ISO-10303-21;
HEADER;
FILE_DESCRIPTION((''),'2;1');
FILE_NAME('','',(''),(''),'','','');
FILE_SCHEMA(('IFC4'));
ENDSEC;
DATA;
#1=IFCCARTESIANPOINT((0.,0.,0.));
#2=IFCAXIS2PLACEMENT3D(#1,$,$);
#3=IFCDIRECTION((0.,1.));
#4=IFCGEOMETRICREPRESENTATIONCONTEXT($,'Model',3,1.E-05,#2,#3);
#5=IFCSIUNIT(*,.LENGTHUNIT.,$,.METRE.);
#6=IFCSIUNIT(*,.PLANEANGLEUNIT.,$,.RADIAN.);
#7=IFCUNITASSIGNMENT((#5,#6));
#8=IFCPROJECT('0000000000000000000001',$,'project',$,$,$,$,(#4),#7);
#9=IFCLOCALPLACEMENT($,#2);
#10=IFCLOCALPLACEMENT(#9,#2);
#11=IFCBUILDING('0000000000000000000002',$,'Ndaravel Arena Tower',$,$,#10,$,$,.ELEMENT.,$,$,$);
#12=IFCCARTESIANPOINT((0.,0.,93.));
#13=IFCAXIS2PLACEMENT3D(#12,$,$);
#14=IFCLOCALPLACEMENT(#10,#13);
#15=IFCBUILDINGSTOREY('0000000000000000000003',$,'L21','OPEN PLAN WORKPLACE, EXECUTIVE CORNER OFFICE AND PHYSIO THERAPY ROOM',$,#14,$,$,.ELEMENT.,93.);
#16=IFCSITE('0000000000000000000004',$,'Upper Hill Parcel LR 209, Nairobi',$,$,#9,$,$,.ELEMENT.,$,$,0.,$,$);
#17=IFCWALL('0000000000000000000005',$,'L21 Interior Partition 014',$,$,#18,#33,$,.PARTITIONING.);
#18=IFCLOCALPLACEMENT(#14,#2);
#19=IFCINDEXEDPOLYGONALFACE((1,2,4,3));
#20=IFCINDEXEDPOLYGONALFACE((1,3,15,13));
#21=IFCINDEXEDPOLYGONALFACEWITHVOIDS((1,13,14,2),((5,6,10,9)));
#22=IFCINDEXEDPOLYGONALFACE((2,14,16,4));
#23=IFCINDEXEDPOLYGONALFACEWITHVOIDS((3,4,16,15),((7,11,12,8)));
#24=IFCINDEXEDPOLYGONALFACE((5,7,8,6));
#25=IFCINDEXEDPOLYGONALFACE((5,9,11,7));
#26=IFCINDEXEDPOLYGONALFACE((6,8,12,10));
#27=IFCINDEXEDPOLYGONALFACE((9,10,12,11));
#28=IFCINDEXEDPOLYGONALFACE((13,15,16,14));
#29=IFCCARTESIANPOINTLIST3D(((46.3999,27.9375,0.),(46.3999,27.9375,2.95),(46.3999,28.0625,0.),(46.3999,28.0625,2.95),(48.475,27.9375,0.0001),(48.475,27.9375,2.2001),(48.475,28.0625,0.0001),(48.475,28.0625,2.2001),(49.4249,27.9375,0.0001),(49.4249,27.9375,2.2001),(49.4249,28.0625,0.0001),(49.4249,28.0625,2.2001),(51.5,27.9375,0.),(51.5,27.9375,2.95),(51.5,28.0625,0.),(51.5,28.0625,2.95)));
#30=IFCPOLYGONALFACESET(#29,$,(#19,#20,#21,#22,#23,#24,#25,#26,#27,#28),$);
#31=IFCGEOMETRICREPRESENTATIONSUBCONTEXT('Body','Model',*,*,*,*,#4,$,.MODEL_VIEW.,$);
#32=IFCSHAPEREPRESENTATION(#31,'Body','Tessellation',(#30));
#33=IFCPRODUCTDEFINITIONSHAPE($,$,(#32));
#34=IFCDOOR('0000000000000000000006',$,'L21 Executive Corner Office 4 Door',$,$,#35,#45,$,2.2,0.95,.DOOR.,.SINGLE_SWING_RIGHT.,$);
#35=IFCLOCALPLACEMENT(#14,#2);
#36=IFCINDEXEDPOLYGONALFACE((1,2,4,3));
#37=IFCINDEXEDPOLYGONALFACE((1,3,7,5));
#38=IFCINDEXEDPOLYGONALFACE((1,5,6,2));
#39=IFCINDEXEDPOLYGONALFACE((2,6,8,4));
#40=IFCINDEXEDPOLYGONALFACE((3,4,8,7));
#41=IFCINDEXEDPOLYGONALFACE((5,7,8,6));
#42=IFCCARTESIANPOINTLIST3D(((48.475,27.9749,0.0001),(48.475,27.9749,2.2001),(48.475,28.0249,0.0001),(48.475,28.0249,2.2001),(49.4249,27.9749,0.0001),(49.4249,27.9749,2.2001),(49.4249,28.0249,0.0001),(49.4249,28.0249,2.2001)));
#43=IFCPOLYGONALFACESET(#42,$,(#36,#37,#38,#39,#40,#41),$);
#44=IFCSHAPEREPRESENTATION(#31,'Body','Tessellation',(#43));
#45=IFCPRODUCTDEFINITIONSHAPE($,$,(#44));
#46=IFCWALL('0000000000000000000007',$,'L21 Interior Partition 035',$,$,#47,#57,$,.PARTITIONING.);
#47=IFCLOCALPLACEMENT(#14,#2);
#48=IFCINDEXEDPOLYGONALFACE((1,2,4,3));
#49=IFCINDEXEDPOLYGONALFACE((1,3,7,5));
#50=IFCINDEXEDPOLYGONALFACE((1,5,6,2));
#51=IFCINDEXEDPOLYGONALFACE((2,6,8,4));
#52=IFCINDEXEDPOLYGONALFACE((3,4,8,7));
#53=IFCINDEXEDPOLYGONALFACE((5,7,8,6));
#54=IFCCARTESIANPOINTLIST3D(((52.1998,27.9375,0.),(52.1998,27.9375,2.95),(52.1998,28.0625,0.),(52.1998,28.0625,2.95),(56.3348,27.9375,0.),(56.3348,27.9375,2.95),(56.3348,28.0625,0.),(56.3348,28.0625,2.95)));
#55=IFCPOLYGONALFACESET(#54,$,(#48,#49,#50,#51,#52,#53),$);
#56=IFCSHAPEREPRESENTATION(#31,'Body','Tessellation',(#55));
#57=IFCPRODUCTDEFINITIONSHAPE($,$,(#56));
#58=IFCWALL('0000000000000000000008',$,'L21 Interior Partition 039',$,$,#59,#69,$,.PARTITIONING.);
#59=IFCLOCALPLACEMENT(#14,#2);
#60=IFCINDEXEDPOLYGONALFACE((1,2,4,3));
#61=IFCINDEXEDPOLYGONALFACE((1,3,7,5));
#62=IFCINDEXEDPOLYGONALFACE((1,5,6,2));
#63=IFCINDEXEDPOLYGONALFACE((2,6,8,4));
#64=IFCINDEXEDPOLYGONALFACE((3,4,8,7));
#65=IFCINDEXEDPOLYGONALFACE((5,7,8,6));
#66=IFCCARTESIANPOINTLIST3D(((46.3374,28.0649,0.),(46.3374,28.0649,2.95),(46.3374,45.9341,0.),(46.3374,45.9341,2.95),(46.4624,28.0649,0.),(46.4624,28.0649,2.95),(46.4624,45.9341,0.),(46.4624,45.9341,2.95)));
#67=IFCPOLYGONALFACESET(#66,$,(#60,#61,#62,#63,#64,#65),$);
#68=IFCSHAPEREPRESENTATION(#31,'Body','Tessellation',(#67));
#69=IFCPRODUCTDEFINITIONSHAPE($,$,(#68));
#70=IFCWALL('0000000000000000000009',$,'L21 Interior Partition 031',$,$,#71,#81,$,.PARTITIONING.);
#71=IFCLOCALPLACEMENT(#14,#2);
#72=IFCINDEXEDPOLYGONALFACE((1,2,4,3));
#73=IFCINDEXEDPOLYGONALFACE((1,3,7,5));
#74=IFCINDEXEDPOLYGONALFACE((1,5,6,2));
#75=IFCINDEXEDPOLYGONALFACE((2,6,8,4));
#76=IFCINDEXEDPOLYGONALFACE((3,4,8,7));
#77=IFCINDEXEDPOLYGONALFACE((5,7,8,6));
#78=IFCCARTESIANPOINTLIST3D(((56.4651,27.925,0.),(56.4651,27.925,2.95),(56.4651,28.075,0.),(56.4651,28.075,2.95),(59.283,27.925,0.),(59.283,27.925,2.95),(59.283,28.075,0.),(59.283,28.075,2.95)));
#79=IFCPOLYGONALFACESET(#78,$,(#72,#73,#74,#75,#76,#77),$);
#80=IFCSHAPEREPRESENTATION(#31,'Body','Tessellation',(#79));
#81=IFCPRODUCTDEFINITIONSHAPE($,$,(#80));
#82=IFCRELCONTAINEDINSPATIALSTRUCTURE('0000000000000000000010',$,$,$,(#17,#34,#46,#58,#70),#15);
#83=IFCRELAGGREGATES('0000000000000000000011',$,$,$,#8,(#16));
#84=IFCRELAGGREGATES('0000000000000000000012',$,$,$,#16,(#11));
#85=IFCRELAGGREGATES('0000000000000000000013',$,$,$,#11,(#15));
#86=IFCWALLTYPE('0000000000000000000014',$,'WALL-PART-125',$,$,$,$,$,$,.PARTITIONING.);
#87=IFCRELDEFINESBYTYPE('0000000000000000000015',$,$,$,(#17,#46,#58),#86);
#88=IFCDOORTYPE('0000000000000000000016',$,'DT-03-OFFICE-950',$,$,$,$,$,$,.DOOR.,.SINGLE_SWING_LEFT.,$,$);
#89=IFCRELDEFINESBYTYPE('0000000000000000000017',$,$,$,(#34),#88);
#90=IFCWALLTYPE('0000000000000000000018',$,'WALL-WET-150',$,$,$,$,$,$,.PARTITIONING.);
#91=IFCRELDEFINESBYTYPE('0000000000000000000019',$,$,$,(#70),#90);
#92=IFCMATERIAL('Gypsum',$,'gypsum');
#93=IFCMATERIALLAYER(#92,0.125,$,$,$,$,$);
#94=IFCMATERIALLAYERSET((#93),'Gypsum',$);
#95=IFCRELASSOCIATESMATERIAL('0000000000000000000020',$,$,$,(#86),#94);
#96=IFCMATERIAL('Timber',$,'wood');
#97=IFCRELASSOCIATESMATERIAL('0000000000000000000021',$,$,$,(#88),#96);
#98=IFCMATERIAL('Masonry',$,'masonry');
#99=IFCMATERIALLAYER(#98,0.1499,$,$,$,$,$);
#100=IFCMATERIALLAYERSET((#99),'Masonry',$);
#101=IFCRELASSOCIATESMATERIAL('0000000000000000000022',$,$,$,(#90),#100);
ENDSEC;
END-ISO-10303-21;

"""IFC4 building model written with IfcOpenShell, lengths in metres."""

from ifc_helpers import new_model, si_unit, direction, frame, frame_2d, origin, place, context, subcontext, project, spatial, rectangle, extrude, material, layer, layer_set, type_object, element, fill, save


model = new_model("IFC4")

# Units and contexts
model_context = context("Model", 3, precision=1e-05, world=origin(), true_north=direction((0.0, 1.0)))
body_context = subcontext(model_context, "Body", "Model", "MODEL_VIEW")
ifc_project = project(units=[si_unit("LENGTHUNIT", "METRE"), si_unit("PLANEANGLEUNIT", "RADIAN")], contexts=[model_context])

# Site, building, storey
site_placement = place(None, origin())
site = spatial("IfcSite", under=ifc_project, at=site_placement, Name="Upper Hill Parcel LR 209, Nairobi", CompositionType="ELEMENT", RefElevation=0.0)
building_placement = place(site_placement, origin())
building = spatial("IfcBuilding", under=site, at=building_placement, Name="Ndaravel Arena Tower", CompositionType="ELEMENT")
storey_placement = place(building_placement, frame((0.0, 0.0, 93.0)))
storey = spatial("IfcBuildingStorey", under=building, at=storey_placement, Name="L21", Description="OPEN PLAN WORKPLACE, EXECUTIVE CORNER OFFICE AND PHYSIO THERAPY ROOM", CompositionType="ELEMENT", Elevation=93.0)

# Wall, opening, door
ifc_material_1 = material(Name="Gypsum", Category="gypsum")
ifc_layer_1 = layer(ifc_material_1, 0.125)
ifc_layer_set_1 = layer_set([ifc_layer_1], Name="Gypsum")
wall_type_1 = type_object("IfcWallType", Name="WALL-PART-125", PredefinedType="PARTITIONING", material=ifc_layer_set_1)
ifc_material_2 = material(Name="Timber", Category="wood")
door_type = type_object("IfcDoorType", Name="DT-03-OFFICE-950", OperationType="SINGLE_SWING_LEFT", PredefinedType="DOOR", material=ifc_material_2)
wall_1_placement = place(storey_placement, frame((46.3999, 28.0, 0.0), z_axis=(0.0, 0.0, 1.0), x_axis=(1.0, 0.0, 0.0)))
wall_1 = element("IfcWall", 1, at=wall_1_placement, inside=storey, type_object=wall_type_1, Name="L21 Interior Partition 014", PredefinedType="PARTITIONING", context=body_context, shape_type="SweptSolid", body=[
    extrude(rectangle(XDim=5.1001, YDim=0.125, at=frame_2d((2.55, 0.0))), origin(), (0.0, 0.0, 1.0), 2.95),
])
opening_1_placement = place(wall_1_placement, frame((2.075, 0.0, 0.0)))
opening_1 = element("IfcOpeningElement", 2, at=opening_1_placement, cuts=wall_1, PredefinedType="OPENING", context=body_context, shape_type="SweptSolid", body=[
    extrude(rectangle(XDim=0.95, YDim=2.2, at=frame_2d((0.4751, 1.1001))), frame((0.0, 0.0625, 0.0), z_axis=(0.0, -1.0, 0.0), x_axis=(1.0, 0.0, 0.0)), (0.0, 0.0, 1.0), 0.125),
])
door_1_placement = place(opening_1_placement, origin())
door_1 = element("IfcDoor", 3, at=door_1_placement, inside=storey, type_object=door_type, Name="L21 Executive Corner Office 4 Door", OperationType="SINGLE_SWING_RIGHT", OverallHeight=2.2, OverallWidth=0.95, PredefinedType="DOOR", context=body_context, shape_type="SweptSolid", body=[
    extrude(rectangle(XDim=0.95, YDim=2.2, at=frame_2d((0.4751, 1.1001))), frame((0.0, 0.0249, 0.0), z_axis=(0.0, -1.0, 0.0), x_axis=(1.0, 0.0, 0.0)), (0.0, 0.0, 1.0), 0.05),
])
fill(opening_1, door_1)

# Walls
wall_2_placement = place(storey_placement, frame((52.2, 28.0, 0.0), z_axis=(0.0, 0.0, 1.0), x_axis=(1.0, 0.0, 0.0)))
element("IfcWall", 4, at=wall_2_placement, inside=storey, type_object=wall_type_1, Name="L21 Interior Partition 035", PredefinedType="PARTITIONING", context=body_context, shape_type="SweptSolid", body=[
    extrude(rectangle(XDim=4.135, YDim=0.125, at=frame_2d((2.0674, 0.0))), origin(), (0.0, 0.0, 1.0), 2.95),
])
wall_3_placement = place(storey_placement, frame((46.3999, 28.0649, 0.0), z_axis=(0.0, 0.0, 1.0), x_axis=(0.0, 1.0, 0.0)))
element("IfcWall", 5, at=wall_3_placement, inside=storey, type_object=wall_type_1, Name="L21 Interior Partition 039", PredefinedType="PARTITIONING", context=body_context, shape_type="SweptSolid", body=[
    extrude(rectangle(XDim=17.8691, YDim=0.125, at=frame_2d((8.9346, 0.0))), origin(), (0.0, 0.0, 1.0), 2.95),
])
ifc_material_3 = material(Name="Masonry", Category="masonry")
ifc_layer_2 = layer(ifc_material_3, 0.1499)
ifc_layer_set_2 = layer_set([ifc_layer_2], Name="Masonry")
wall_type_2 = type_object("IfcWallType", Name="WALL-WET-150", PredefinedType="PARTITIONING", material=ifc_layer_set_2)
wall_4_placement = place(storey_placement, frame((56.4651, 28.0, 0.0), z_axis=(0.0, 0.0, 1.0), x_axis=(1.0, 0.0, 0.0)))
element("IfcWall", 6, at=wall_4_placement, inside=storey, type_object=wall_type_2, Name="L21 Interior Partition 031", PredefinedType="PARTITIONING", context=body_context, shape_type="SweptSolid", body=[
    extrude(rectangle(XDim=2.8179, YDim=0.1499, at=frame_2d((1.4089, 0.0))), origin(), (0.0, 0.0, 1.0), 2.95),
])

save(model, "model.ifc")
